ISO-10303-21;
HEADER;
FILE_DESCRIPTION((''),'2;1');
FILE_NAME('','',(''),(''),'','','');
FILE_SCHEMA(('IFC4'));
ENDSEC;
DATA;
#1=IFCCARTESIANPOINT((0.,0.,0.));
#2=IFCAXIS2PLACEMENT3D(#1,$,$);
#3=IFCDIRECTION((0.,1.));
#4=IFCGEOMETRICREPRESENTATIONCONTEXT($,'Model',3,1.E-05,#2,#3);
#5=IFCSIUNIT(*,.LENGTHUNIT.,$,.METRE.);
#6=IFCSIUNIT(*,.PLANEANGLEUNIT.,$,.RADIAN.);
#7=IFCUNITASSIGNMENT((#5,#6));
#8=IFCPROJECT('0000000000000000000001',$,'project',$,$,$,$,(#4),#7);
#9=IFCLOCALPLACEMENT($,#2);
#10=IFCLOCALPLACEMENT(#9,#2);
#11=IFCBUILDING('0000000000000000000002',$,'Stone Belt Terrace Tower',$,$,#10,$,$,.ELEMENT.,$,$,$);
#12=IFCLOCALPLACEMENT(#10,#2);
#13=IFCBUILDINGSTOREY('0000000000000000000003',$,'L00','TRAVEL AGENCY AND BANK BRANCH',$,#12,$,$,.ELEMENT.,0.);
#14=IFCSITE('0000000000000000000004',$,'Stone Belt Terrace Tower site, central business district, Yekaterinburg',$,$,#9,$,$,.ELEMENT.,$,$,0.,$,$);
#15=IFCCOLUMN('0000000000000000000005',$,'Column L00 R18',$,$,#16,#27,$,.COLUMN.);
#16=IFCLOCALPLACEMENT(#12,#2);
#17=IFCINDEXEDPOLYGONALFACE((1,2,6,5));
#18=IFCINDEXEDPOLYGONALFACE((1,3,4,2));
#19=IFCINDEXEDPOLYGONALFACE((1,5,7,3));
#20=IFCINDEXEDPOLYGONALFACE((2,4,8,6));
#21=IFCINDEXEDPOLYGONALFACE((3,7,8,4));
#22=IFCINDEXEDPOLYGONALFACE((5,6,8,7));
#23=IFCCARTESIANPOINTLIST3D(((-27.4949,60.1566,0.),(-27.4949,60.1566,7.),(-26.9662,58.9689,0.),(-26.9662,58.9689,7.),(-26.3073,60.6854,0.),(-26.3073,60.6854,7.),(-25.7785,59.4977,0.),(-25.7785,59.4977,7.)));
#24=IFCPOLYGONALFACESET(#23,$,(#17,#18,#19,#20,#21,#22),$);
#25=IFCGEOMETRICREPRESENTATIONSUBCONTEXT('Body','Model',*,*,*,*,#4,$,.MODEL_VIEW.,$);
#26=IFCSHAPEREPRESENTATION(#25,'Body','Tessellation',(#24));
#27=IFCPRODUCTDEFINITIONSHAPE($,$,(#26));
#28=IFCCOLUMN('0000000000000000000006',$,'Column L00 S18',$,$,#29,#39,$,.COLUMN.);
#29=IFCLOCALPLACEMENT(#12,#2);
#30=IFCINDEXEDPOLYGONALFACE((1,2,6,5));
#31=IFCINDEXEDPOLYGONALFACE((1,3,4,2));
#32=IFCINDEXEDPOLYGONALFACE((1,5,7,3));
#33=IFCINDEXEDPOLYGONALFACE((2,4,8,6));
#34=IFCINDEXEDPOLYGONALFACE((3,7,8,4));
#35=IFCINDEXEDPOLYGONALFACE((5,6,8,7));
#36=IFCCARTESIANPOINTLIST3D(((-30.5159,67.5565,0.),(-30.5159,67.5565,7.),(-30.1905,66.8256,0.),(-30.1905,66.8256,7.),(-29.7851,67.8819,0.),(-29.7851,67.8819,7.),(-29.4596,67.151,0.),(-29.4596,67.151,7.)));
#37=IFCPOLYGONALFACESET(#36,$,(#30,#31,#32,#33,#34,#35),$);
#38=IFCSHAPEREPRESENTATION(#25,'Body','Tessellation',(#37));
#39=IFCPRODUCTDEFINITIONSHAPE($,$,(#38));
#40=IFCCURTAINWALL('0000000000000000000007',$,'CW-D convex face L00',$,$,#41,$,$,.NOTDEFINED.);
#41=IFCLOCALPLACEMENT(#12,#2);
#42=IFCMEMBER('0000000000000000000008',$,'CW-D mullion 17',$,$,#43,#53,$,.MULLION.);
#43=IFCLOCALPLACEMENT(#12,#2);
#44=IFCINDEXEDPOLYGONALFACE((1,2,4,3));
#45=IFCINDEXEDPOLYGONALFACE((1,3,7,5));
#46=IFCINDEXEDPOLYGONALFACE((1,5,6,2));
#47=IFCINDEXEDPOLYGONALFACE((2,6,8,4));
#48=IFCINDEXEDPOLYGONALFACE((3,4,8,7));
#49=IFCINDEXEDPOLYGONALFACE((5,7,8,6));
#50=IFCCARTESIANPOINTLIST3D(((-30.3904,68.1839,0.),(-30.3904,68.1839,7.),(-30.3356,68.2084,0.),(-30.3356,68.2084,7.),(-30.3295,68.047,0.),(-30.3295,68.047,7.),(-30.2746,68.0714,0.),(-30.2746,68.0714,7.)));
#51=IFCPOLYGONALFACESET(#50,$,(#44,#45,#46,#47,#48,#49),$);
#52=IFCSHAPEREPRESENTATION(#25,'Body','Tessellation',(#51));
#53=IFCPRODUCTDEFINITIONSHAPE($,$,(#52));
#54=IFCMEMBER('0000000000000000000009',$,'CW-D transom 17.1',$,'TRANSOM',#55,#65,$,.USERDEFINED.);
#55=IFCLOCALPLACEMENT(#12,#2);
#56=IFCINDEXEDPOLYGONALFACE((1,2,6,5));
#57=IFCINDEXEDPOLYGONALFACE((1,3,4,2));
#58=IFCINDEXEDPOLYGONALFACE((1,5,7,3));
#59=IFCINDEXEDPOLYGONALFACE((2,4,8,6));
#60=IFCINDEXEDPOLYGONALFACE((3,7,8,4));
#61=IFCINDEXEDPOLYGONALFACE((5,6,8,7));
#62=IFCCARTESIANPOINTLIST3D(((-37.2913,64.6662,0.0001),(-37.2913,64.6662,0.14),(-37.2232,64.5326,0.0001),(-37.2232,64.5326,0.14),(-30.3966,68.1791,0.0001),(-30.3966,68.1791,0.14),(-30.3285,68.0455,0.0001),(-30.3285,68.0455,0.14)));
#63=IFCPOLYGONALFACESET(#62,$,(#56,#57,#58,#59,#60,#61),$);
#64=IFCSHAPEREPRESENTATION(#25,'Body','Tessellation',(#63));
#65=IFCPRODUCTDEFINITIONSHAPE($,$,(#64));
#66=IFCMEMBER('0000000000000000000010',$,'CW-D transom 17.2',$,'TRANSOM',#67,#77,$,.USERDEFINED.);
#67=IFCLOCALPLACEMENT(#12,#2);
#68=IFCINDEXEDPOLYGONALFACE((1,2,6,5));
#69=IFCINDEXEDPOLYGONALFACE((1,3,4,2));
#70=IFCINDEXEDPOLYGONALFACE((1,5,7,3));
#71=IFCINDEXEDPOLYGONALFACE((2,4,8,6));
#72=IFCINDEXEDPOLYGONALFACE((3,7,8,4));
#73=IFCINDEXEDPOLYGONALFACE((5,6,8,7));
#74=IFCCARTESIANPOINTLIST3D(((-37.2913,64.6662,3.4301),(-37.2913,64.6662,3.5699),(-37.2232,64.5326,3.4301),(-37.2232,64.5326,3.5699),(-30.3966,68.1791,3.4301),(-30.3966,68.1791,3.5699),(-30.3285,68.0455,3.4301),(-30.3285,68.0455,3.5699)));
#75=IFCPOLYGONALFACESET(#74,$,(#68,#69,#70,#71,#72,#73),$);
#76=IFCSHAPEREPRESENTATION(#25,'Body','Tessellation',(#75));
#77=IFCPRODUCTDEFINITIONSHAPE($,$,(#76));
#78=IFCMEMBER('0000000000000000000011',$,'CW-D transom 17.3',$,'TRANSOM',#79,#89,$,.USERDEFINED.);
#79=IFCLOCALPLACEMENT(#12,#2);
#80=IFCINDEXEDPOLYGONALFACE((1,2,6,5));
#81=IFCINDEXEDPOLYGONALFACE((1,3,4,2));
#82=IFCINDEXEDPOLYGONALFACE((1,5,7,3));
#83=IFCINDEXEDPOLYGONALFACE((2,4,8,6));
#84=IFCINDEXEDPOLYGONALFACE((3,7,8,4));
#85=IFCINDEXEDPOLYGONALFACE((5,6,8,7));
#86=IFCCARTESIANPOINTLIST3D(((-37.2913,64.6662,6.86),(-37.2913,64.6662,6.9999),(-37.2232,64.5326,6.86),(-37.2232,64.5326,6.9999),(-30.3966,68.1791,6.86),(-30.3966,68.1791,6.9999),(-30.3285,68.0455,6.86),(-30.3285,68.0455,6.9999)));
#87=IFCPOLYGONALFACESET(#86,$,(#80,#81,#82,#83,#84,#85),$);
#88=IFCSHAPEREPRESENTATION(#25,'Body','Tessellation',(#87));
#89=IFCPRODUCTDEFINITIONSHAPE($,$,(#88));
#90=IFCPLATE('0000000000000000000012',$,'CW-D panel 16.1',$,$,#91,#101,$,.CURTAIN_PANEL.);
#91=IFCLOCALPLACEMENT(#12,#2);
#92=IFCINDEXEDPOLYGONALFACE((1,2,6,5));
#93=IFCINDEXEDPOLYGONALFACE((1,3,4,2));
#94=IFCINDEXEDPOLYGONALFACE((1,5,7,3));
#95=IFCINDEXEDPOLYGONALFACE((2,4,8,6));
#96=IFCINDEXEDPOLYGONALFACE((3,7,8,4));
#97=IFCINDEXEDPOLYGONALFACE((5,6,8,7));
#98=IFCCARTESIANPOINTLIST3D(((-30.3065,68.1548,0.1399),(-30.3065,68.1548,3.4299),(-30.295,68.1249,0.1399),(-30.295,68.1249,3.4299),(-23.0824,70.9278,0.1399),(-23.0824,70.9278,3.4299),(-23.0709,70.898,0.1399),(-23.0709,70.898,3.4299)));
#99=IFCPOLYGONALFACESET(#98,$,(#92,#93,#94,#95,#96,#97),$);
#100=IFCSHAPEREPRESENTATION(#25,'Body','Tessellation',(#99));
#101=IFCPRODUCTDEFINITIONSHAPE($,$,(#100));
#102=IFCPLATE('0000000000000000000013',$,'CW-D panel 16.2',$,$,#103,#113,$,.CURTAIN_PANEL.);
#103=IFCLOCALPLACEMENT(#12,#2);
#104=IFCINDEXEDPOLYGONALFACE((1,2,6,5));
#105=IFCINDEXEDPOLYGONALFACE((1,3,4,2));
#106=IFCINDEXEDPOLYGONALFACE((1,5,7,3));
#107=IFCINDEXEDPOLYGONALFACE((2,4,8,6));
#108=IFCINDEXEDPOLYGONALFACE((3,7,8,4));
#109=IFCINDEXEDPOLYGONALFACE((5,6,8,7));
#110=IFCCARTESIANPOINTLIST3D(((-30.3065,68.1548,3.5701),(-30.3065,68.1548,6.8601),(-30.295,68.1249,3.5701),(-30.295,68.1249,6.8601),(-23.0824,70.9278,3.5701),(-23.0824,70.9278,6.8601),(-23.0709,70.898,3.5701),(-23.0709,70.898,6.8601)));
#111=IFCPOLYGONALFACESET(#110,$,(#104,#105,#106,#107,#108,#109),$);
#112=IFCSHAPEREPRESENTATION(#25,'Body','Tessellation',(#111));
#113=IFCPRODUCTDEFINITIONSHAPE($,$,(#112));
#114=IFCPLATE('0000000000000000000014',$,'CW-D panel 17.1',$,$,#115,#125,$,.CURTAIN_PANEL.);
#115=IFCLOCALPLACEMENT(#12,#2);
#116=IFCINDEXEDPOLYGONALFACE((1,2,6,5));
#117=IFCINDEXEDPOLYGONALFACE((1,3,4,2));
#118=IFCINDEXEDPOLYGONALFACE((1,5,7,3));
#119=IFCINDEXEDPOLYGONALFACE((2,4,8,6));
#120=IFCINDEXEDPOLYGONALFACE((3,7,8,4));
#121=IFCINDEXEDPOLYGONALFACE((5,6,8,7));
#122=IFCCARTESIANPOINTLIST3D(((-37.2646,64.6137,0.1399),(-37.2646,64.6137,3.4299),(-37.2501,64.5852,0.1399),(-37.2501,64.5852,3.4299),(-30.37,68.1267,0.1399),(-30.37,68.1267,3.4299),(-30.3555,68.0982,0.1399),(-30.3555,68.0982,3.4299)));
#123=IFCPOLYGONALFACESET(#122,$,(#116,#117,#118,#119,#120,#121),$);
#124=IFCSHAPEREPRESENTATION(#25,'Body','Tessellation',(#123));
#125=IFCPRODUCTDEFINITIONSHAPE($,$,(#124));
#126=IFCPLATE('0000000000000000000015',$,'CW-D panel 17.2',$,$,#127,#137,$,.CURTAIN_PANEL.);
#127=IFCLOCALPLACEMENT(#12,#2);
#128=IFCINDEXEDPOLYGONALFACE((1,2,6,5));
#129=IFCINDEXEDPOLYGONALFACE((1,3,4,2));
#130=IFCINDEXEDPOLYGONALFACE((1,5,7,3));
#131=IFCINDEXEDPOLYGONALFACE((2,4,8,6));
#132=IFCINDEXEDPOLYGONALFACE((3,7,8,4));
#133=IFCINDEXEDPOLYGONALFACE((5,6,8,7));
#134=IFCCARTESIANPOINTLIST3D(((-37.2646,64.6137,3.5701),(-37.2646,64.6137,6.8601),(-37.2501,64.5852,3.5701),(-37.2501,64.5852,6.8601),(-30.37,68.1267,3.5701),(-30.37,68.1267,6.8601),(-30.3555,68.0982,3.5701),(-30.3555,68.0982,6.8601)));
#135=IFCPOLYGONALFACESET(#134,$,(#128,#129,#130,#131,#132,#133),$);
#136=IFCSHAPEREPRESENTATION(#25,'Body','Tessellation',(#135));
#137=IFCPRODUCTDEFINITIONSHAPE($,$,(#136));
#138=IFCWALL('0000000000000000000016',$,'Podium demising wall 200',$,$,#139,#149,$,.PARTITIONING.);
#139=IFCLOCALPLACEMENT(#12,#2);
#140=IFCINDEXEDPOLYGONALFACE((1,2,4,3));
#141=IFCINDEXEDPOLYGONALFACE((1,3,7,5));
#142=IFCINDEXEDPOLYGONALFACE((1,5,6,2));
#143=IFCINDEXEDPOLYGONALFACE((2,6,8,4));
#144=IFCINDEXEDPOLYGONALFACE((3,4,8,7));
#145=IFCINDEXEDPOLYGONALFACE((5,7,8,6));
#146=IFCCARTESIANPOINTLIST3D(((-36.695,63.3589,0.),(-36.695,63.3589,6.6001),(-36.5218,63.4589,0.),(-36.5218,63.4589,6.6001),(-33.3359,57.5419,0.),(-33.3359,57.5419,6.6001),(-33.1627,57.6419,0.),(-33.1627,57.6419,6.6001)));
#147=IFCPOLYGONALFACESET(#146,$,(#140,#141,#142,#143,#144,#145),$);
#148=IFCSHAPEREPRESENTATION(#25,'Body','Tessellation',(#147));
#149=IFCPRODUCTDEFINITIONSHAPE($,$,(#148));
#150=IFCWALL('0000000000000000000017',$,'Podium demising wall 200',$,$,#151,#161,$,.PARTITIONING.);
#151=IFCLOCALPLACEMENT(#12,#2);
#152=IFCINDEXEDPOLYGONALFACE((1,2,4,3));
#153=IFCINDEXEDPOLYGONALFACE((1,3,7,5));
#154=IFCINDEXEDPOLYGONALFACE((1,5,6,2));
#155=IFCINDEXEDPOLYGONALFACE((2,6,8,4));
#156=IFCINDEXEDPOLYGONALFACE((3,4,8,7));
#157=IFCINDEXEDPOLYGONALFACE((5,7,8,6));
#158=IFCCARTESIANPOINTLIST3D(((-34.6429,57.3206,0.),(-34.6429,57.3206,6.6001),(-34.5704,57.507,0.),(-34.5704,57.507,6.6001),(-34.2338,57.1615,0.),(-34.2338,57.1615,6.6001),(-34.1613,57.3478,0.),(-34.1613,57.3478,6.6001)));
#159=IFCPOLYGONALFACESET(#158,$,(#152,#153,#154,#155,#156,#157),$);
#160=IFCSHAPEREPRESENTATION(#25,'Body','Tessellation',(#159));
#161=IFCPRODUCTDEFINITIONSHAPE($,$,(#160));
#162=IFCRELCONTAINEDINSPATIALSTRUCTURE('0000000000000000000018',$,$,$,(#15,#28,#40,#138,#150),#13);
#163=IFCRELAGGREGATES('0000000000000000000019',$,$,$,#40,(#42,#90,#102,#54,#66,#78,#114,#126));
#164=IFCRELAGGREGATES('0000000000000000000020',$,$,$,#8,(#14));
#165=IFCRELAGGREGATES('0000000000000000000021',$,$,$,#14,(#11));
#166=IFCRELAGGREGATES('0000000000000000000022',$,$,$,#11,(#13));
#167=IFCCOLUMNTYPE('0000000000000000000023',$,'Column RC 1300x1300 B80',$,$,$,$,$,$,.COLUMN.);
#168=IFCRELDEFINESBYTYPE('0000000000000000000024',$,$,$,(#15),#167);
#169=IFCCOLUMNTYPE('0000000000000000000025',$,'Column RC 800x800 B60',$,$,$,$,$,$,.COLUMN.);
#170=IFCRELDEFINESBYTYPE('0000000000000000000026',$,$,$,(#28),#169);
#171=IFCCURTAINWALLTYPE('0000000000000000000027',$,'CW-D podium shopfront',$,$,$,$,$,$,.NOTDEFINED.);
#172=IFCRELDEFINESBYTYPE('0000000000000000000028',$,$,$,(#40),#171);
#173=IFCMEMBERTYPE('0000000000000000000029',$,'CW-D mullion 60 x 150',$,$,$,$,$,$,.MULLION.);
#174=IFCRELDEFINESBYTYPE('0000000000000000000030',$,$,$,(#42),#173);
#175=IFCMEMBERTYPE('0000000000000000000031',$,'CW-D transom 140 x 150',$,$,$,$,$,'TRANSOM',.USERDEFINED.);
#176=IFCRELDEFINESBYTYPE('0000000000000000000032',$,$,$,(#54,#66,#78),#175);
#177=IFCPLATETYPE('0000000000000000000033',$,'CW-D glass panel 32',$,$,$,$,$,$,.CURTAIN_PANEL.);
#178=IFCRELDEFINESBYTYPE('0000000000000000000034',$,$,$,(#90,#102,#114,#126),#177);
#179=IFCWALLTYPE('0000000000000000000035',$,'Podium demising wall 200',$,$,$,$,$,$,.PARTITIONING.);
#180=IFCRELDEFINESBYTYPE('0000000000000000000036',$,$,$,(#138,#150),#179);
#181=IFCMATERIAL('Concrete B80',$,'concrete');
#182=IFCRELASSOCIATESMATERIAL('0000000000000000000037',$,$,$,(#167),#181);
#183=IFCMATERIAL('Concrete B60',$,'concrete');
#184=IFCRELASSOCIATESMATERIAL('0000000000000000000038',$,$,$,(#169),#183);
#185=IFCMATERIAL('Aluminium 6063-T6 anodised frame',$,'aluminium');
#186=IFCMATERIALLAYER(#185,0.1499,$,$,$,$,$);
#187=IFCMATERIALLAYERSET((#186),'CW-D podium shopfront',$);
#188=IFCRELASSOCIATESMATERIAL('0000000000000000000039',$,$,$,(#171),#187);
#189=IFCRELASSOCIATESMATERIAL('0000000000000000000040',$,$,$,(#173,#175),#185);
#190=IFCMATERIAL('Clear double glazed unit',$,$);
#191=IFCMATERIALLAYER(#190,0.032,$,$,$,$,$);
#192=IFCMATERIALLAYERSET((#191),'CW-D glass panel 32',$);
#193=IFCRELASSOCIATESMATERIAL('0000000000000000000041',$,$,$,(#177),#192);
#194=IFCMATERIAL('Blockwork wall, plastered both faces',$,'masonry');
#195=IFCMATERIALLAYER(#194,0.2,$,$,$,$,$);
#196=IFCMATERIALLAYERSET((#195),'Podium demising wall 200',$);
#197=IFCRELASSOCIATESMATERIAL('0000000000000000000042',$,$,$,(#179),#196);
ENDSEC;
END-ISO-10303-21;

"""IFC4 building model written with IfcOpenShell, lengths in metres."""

from ifc_helpers import new_model, si_unit, direction, frame, frame_2d, origin, origin_2d, place, context, subcontext, project, spatial, rectangle, extrude, material, layer, layer_set, material_profile, profile_set, type_object, element, aggregate, save


model = new_model("IFC4")

# Units and contexts
model_context = context("Model", 3, precision=1e-05, world=origin(), true_north=direction((0.0, 1.0)))
body_context = subcontext(model_context, "Body", "Model", "MODEL_VIEW")
ifc_project = project(units=[si_unit("LENGTHUNIT", "METRE"), si_unit("PLANEANGLEUNIT", "RADIAN")], contexts=[model_context])

# Site, building, storey
site_placement = place(None, origin())
site = spatial("IfcSite", under=ifc_project, at=site_placement, Name="Stone Belt Terrace Tower site, central business district, Yekaterinburg", CompositionType="ELEMENT", RefElevation=0.0)
building_placement = place(site_placement, origin())
building = spatial("IfcBuilding", under=site, at=building_placement, Name="Stone Belt Terrace Tower", CompositionType="ELEMENT")
storey_placement = place(building_placement, origin())
storey = spatial("IfcBuildingStorey", under=building, at=storey_placement, Name="L00", Description="TRAVEL AGENCY AND BANK BRANCH", CompositionType="ELEMENT", Elevation=0.0)

# Columns
ifc_material_1 = material(Name="Concrete B80", Category="concrete")
ifc_material_profile_1 = material_profile(ifc_material_1, rectangle(XDim=1.3, YDim=1.3, at=origin_2d()), Name="RC 1300x1300")
ifc_profile_set_1 = profile_set([ifc_material_profile_1], Name="Concrete B80")
column_type_1 = type_object("IfcColumnType", Name="Column RC 1300x1300 B80", PredefinedType="COLUMN", material=ifc_profile_set_1)
column_1_placement = place(storey_placement, frame((-26.6367, 59.8271, 0.0), z_axis=(0.0, 0.0, 1.0), x_axis=(0.913545, 0.406737, 0.0)))
element("IfcColumn", 1, at=column_1_placement, inside=storey, type_object=column_type_1, Name="Column L00 R18", PredefinedType="COLUMN", context=body_context, shape_type="SweptSolid", body=[
    extrude(rectangle(XDim=1.3, YDim=1.3, at=origin_2d()), origin(), (0.0, 0.0, 1.0), 7.0),
])
ifc_material_2 = material(Name="Concrete B60", Category="concrete")
ifc_material_profile_2 = material_profile(ifc_material_2, rectangle(XDim=0.8, YDim=0.8, at=origin_2d()), Name="RC 800x800")
ifc_profile_set_2 = profile_set([ifc_material_profile_2], Name="Concrete B60")
column_type_2 = type_object("IfcColumnType", Name="Column RC 800x800 B60", PredefinedType="COLUMN", material=ifc_profile_set_2)
column_2_placement = place(storey_placement, frame((-29.9878, 67.3538, 0.0), z_axis=(0.0, 0.0, 1.0), x_axis=(0.913545, 0.406737, 0.0)))
element("IfcColumn", 2, at=column_2_placement, inside=storey, type_object=column_type_2, Name="Column L00 S18", PredefinedType="COLUMN", context=body_context, shape_type="SweptSolid", body=[
    extrude(rectangle(XDim=0.8, YDim=0.8, at=origin_2d()), origin(), (0.0, 0.0, 1.0), 7.0),
])

# Curtain wall, members, plates
ifc_material_3 = material(Name="Aluminium 6063-T6 anodised frame", Category="aluminium")
ifc_layer_1 = layer(ifc_material_3, 0.1499)
ifc_layer_set_1 = layer_set([ifc_layer_1], Name="CW-D podium shopfront")
curtain_wall_type = type_object("IfcCurtainWallType", Name="CW-D podium shopfront", PredefinedType="NOTDEFINED", material=ifc_layer_set_1)
curtain_wall_placement = place(storey_placement, origin())
curtain_wall = element("IfcCurtainWall", 3, at=curtain_wall_placement, inside=storey, type_object=curtain_wall_type, Name="CW-D convex face L00", PredefinedType="NOTDEFINED")
ifc_material_profile_3 = material_profile(ifc_material_3, rectangle(XDim=0.1499, YDim=0.0601, at=origin_2d()), Name="Aluminium 6063-T6 60x150")
ifc_profile_set_3 = profile_set([ifc_material_profile_3], Name="Aluminium 6063-T6 anodised frame")
member_type_1 = type_object("IfcMemberType", Name="CW-D mullion 60 x 150", PredefinedType="MULLION", material=ifc_profile_set_3)
member_1_placement = place(storey_placement, frame((-30.3325, 68.1277, 0.0), z_axis=(0.0, 0.0, 1.0), x_axis=(0.406737, -0.913545, 0.0)))
member_1 = element("IfcMember", 4, at=member_1_placement, type_object=member_type_1, Name="CW-D mullion 17", PredefinedType="MULLION", context=body_context, shape_type="SweptSolid", body=[
    extrude(rectangle(XDim=0.1499, YDim=0.0601, at=origin_2d()), origin(), (0.0, 0.0, 1.0), 7.0),
])
ifc_material_profile_4 = material_profile(ifc_material_3, rectangle(XDim=0.1499, YDim=0.1399, at=origin_2d()), Name="Aluminium 6063-T6 150x140")
ifc_profile_set_4 = profile_set([ifc_material_profile_4], Name="Aluminium 6063-T6 anodised frame")
member_type_2 = type_object("IfcMemberType", Name="CW-D transom 140 x 150", ElementType="TRANSOM", PredefinedType="USERDEFINED", material=ifc_profile_set_4)
member_2_placement = place(storey_placement, frame((-30.3625, 68.1123, 0.0701), z_axis=(-0.891013, -0.453978, 0.0), x_axis=(0.453978, -0.891013, 0.0)))
member_2 = element("IfcMember", 5, at=member_2_placement, type_object=member_type_2, Name="CW-D transom 17.1", ObjectType="TRANSOM", PredefinedType="USERDEFINED", context=body_context, shape_type="SweptSolid", body=[
    extrude(rectangle(XDim=0.1499, YDim=0.1399, at=origin_2d()), origin(), (0.0, 0.0, 1.0), 7.738),
])
member_3_placement = place(storey_placement, frame((-30.3625, 68.1123, 3.5), z_axis=(-0.891013, -0.453978, 0.0), x_axis=(0.453978, -0.891013, 0.0)))
member_3 = element("IfcMember", 6, at=member_3_placement, type_object=member_type_2, Name="CW-D transom 17.2", ObjectType="TRANSOM", PredefinedType="USERDEFINED", context=body_context, shape_type="SweptSolid", body=[
    extrude(rectangle(XDim=0.1499, YDim=0.1399, at=origin_2d()), origin(), (0.0, 0.0, 1.0), 7.738),
])
member_4_placement = place(storey_placement, frame((-30.3625, 68.1123, 6.9299), z_axis=(-0.891013, -0.453978, 0.0), x_axis=(0.453978, -0.891013, 0.0)))
member_4 = element("IfcMember", 7, at=member_4_placement, type_object=member_type_2, Name="CW-D transom 17.3", ObjectType="TRANSOM", PredefinedType="USERDEFINED", context=body_context, shape_type="SweptSolid", body=[
    extrude(rectangle(XDim=0.1499, YDim=0.1399, at=origin_2d()), origin(), (0.0, 0.0, 1.0), 7.738),
])
ifc_material_4 = material(Name="Clear double glazed unit")
ifc_layer_2 = layer(ifc_material_4, 0.032)
ifc_layer_set_2 = layer_set([ifc_layer_2], Name="CW-D glass panel 32")
plate_type = type_object("IfcPlateType", Name="CW-D glass panel 32", PredefinedType="CURTAIN_PANEL", material=ifc_layer_set_2)
plate_1_placement = place(storey_placement, frame((-26.6887, 69.5264, 0.1399), z_axis=(0.0, 0.0, 1.0), x_axis=(-0.93358, -0.358368, 0.0)))
plate_1 = element("IfcPlate", 8, at=plate_1_placement, type_object=plate_type, Name="CW-D panel 16.1", PredefinedType="CURTAIN_PANEL", context=body_context, shape_type="SweptSolid", body=[
    extrude(rectangle(XDim=7.738, YDim=0.032, at=origin_2d()), origin(), (0.0, 0.0, 1.0), 3.29),
])
plate_2_placement = place(storey_placement, frame((-26.6887, 69.5264, 3.5701), z_axis=(0.0, 0.0, 1.0), x_axis=(-0.93358, -0.358368, 0.0)))
plate_2 = element("IfcPlate", 9, at=plate_2_placement, type_object=plate_type, Name="CW-D panel 16.2", PredefinedType="CURTAIN_PANEL", context=body_context, shape_type="SweptSolid", body=[
    extrude(rectangle(XDim=7.738, YDim=0.032, at=origin_2d()), origin(), (0.0, 0.0, 1.0), 3.29),
])
plate_3_placement = place(storey_placement, frame((-33.8101, 66.356, 0.1399), z_axis=(0.0, 0.0, 1.0), x_axis=(-0.891007, -0.45399, 0.0)))
plate_3 = element("IfcPlate", 10, at=plate_3_placement, type_object=plate_type, Name="CW-D panel 17.1", PredefinedType="CURTAIN_PANEL", context=body_context, shape_type="SweptSolid", body=[
    extrude(rectangle(XDim=7.738, YDim=0.032, at=origin_2d()), origin(), (0.0, 0.0, 1.0), 3.29),
])
plate_4_placement = place(storey_placement, frame((-33.8101, 66.356, 3.5701), z_axis=(0.0, 0.0, 1.0), x_axis=(-0.891007, -0.45399, 0.0)))
plate_4 = element("IfcPlate", 11, at=plate_4_placement, type_object=plate_type, Name="CW-D panel 17.2", PredefinedType="CURTAIN_PANEL", context=body_context, shape_type="SweptSolid", body=[
    extrude(rectangle(XDim=7.738, YDim=0.032, at=origin_2d()), origin(), (0.0, 0.0, 1.0), 3.29),
])
aggregate(curtain_wall, [member_1, plate_1, plate_2, member_2, member_3, member_4, plate_3, plate_4])

# Walls
ifc_material_5 = material(Name="Blockwork wall, plastered both faces", Category="masonry")
ifc_layer_3 = layer(ifc_material_5, 0.2)
ifc_layer_set_3 = layer_set([ifc_layer_3], Name="Podium demising wall 200")
wall_type_1 = type_object("IfcWallType", Name="Podium demising wall 200", PredefinedType="PARTITIONING", material=ifc_layer_set_3)
wall_1_placement = place(storey_placement, frame((-36.6084, 63.4089, 0.0), z_axis=(0.0, 0.0, 1.0), x_axis=(0.500067, -0.865986, 0.0)))
element("IfcWall", 12, at=wall_1_placement, inside=storey, type_object=wall_type_1, Name="Podium demising wall 200", PredefinedType="PARTITIONING", context=body_context, shape_type="SweptSolid", body=[
    extrude(rectangle(XDim=6.7173, YDim=0.2, at=frame_2d((3.3586, 0.0))), origin(), (0.0, 0.0, 1.0), 6.6001),
])
wall_2_placement = place(storey_placement, frame((-34.6067, 57.4138, 0.0), z_axis=(0.0, 0.0, 1.0), x_axis=(0.931963, -0.362554, 0.0)))
element("IfcWall", 13, at=wall_2_placement, inside=storey, type_object=wall_type_1, Name="Podium demising wall 200", PredefinedType="PARTITIONING", context=body_context, shape_type="SweptSolid", body=[
    extrude(rectangle(XDim=0.439, YDim=0.2, at=frame_2d((0.2195, 0.0))), origin(), (0.0, 0.0, 1.0), 6.6001),
])

save(model, "model.ifc")
